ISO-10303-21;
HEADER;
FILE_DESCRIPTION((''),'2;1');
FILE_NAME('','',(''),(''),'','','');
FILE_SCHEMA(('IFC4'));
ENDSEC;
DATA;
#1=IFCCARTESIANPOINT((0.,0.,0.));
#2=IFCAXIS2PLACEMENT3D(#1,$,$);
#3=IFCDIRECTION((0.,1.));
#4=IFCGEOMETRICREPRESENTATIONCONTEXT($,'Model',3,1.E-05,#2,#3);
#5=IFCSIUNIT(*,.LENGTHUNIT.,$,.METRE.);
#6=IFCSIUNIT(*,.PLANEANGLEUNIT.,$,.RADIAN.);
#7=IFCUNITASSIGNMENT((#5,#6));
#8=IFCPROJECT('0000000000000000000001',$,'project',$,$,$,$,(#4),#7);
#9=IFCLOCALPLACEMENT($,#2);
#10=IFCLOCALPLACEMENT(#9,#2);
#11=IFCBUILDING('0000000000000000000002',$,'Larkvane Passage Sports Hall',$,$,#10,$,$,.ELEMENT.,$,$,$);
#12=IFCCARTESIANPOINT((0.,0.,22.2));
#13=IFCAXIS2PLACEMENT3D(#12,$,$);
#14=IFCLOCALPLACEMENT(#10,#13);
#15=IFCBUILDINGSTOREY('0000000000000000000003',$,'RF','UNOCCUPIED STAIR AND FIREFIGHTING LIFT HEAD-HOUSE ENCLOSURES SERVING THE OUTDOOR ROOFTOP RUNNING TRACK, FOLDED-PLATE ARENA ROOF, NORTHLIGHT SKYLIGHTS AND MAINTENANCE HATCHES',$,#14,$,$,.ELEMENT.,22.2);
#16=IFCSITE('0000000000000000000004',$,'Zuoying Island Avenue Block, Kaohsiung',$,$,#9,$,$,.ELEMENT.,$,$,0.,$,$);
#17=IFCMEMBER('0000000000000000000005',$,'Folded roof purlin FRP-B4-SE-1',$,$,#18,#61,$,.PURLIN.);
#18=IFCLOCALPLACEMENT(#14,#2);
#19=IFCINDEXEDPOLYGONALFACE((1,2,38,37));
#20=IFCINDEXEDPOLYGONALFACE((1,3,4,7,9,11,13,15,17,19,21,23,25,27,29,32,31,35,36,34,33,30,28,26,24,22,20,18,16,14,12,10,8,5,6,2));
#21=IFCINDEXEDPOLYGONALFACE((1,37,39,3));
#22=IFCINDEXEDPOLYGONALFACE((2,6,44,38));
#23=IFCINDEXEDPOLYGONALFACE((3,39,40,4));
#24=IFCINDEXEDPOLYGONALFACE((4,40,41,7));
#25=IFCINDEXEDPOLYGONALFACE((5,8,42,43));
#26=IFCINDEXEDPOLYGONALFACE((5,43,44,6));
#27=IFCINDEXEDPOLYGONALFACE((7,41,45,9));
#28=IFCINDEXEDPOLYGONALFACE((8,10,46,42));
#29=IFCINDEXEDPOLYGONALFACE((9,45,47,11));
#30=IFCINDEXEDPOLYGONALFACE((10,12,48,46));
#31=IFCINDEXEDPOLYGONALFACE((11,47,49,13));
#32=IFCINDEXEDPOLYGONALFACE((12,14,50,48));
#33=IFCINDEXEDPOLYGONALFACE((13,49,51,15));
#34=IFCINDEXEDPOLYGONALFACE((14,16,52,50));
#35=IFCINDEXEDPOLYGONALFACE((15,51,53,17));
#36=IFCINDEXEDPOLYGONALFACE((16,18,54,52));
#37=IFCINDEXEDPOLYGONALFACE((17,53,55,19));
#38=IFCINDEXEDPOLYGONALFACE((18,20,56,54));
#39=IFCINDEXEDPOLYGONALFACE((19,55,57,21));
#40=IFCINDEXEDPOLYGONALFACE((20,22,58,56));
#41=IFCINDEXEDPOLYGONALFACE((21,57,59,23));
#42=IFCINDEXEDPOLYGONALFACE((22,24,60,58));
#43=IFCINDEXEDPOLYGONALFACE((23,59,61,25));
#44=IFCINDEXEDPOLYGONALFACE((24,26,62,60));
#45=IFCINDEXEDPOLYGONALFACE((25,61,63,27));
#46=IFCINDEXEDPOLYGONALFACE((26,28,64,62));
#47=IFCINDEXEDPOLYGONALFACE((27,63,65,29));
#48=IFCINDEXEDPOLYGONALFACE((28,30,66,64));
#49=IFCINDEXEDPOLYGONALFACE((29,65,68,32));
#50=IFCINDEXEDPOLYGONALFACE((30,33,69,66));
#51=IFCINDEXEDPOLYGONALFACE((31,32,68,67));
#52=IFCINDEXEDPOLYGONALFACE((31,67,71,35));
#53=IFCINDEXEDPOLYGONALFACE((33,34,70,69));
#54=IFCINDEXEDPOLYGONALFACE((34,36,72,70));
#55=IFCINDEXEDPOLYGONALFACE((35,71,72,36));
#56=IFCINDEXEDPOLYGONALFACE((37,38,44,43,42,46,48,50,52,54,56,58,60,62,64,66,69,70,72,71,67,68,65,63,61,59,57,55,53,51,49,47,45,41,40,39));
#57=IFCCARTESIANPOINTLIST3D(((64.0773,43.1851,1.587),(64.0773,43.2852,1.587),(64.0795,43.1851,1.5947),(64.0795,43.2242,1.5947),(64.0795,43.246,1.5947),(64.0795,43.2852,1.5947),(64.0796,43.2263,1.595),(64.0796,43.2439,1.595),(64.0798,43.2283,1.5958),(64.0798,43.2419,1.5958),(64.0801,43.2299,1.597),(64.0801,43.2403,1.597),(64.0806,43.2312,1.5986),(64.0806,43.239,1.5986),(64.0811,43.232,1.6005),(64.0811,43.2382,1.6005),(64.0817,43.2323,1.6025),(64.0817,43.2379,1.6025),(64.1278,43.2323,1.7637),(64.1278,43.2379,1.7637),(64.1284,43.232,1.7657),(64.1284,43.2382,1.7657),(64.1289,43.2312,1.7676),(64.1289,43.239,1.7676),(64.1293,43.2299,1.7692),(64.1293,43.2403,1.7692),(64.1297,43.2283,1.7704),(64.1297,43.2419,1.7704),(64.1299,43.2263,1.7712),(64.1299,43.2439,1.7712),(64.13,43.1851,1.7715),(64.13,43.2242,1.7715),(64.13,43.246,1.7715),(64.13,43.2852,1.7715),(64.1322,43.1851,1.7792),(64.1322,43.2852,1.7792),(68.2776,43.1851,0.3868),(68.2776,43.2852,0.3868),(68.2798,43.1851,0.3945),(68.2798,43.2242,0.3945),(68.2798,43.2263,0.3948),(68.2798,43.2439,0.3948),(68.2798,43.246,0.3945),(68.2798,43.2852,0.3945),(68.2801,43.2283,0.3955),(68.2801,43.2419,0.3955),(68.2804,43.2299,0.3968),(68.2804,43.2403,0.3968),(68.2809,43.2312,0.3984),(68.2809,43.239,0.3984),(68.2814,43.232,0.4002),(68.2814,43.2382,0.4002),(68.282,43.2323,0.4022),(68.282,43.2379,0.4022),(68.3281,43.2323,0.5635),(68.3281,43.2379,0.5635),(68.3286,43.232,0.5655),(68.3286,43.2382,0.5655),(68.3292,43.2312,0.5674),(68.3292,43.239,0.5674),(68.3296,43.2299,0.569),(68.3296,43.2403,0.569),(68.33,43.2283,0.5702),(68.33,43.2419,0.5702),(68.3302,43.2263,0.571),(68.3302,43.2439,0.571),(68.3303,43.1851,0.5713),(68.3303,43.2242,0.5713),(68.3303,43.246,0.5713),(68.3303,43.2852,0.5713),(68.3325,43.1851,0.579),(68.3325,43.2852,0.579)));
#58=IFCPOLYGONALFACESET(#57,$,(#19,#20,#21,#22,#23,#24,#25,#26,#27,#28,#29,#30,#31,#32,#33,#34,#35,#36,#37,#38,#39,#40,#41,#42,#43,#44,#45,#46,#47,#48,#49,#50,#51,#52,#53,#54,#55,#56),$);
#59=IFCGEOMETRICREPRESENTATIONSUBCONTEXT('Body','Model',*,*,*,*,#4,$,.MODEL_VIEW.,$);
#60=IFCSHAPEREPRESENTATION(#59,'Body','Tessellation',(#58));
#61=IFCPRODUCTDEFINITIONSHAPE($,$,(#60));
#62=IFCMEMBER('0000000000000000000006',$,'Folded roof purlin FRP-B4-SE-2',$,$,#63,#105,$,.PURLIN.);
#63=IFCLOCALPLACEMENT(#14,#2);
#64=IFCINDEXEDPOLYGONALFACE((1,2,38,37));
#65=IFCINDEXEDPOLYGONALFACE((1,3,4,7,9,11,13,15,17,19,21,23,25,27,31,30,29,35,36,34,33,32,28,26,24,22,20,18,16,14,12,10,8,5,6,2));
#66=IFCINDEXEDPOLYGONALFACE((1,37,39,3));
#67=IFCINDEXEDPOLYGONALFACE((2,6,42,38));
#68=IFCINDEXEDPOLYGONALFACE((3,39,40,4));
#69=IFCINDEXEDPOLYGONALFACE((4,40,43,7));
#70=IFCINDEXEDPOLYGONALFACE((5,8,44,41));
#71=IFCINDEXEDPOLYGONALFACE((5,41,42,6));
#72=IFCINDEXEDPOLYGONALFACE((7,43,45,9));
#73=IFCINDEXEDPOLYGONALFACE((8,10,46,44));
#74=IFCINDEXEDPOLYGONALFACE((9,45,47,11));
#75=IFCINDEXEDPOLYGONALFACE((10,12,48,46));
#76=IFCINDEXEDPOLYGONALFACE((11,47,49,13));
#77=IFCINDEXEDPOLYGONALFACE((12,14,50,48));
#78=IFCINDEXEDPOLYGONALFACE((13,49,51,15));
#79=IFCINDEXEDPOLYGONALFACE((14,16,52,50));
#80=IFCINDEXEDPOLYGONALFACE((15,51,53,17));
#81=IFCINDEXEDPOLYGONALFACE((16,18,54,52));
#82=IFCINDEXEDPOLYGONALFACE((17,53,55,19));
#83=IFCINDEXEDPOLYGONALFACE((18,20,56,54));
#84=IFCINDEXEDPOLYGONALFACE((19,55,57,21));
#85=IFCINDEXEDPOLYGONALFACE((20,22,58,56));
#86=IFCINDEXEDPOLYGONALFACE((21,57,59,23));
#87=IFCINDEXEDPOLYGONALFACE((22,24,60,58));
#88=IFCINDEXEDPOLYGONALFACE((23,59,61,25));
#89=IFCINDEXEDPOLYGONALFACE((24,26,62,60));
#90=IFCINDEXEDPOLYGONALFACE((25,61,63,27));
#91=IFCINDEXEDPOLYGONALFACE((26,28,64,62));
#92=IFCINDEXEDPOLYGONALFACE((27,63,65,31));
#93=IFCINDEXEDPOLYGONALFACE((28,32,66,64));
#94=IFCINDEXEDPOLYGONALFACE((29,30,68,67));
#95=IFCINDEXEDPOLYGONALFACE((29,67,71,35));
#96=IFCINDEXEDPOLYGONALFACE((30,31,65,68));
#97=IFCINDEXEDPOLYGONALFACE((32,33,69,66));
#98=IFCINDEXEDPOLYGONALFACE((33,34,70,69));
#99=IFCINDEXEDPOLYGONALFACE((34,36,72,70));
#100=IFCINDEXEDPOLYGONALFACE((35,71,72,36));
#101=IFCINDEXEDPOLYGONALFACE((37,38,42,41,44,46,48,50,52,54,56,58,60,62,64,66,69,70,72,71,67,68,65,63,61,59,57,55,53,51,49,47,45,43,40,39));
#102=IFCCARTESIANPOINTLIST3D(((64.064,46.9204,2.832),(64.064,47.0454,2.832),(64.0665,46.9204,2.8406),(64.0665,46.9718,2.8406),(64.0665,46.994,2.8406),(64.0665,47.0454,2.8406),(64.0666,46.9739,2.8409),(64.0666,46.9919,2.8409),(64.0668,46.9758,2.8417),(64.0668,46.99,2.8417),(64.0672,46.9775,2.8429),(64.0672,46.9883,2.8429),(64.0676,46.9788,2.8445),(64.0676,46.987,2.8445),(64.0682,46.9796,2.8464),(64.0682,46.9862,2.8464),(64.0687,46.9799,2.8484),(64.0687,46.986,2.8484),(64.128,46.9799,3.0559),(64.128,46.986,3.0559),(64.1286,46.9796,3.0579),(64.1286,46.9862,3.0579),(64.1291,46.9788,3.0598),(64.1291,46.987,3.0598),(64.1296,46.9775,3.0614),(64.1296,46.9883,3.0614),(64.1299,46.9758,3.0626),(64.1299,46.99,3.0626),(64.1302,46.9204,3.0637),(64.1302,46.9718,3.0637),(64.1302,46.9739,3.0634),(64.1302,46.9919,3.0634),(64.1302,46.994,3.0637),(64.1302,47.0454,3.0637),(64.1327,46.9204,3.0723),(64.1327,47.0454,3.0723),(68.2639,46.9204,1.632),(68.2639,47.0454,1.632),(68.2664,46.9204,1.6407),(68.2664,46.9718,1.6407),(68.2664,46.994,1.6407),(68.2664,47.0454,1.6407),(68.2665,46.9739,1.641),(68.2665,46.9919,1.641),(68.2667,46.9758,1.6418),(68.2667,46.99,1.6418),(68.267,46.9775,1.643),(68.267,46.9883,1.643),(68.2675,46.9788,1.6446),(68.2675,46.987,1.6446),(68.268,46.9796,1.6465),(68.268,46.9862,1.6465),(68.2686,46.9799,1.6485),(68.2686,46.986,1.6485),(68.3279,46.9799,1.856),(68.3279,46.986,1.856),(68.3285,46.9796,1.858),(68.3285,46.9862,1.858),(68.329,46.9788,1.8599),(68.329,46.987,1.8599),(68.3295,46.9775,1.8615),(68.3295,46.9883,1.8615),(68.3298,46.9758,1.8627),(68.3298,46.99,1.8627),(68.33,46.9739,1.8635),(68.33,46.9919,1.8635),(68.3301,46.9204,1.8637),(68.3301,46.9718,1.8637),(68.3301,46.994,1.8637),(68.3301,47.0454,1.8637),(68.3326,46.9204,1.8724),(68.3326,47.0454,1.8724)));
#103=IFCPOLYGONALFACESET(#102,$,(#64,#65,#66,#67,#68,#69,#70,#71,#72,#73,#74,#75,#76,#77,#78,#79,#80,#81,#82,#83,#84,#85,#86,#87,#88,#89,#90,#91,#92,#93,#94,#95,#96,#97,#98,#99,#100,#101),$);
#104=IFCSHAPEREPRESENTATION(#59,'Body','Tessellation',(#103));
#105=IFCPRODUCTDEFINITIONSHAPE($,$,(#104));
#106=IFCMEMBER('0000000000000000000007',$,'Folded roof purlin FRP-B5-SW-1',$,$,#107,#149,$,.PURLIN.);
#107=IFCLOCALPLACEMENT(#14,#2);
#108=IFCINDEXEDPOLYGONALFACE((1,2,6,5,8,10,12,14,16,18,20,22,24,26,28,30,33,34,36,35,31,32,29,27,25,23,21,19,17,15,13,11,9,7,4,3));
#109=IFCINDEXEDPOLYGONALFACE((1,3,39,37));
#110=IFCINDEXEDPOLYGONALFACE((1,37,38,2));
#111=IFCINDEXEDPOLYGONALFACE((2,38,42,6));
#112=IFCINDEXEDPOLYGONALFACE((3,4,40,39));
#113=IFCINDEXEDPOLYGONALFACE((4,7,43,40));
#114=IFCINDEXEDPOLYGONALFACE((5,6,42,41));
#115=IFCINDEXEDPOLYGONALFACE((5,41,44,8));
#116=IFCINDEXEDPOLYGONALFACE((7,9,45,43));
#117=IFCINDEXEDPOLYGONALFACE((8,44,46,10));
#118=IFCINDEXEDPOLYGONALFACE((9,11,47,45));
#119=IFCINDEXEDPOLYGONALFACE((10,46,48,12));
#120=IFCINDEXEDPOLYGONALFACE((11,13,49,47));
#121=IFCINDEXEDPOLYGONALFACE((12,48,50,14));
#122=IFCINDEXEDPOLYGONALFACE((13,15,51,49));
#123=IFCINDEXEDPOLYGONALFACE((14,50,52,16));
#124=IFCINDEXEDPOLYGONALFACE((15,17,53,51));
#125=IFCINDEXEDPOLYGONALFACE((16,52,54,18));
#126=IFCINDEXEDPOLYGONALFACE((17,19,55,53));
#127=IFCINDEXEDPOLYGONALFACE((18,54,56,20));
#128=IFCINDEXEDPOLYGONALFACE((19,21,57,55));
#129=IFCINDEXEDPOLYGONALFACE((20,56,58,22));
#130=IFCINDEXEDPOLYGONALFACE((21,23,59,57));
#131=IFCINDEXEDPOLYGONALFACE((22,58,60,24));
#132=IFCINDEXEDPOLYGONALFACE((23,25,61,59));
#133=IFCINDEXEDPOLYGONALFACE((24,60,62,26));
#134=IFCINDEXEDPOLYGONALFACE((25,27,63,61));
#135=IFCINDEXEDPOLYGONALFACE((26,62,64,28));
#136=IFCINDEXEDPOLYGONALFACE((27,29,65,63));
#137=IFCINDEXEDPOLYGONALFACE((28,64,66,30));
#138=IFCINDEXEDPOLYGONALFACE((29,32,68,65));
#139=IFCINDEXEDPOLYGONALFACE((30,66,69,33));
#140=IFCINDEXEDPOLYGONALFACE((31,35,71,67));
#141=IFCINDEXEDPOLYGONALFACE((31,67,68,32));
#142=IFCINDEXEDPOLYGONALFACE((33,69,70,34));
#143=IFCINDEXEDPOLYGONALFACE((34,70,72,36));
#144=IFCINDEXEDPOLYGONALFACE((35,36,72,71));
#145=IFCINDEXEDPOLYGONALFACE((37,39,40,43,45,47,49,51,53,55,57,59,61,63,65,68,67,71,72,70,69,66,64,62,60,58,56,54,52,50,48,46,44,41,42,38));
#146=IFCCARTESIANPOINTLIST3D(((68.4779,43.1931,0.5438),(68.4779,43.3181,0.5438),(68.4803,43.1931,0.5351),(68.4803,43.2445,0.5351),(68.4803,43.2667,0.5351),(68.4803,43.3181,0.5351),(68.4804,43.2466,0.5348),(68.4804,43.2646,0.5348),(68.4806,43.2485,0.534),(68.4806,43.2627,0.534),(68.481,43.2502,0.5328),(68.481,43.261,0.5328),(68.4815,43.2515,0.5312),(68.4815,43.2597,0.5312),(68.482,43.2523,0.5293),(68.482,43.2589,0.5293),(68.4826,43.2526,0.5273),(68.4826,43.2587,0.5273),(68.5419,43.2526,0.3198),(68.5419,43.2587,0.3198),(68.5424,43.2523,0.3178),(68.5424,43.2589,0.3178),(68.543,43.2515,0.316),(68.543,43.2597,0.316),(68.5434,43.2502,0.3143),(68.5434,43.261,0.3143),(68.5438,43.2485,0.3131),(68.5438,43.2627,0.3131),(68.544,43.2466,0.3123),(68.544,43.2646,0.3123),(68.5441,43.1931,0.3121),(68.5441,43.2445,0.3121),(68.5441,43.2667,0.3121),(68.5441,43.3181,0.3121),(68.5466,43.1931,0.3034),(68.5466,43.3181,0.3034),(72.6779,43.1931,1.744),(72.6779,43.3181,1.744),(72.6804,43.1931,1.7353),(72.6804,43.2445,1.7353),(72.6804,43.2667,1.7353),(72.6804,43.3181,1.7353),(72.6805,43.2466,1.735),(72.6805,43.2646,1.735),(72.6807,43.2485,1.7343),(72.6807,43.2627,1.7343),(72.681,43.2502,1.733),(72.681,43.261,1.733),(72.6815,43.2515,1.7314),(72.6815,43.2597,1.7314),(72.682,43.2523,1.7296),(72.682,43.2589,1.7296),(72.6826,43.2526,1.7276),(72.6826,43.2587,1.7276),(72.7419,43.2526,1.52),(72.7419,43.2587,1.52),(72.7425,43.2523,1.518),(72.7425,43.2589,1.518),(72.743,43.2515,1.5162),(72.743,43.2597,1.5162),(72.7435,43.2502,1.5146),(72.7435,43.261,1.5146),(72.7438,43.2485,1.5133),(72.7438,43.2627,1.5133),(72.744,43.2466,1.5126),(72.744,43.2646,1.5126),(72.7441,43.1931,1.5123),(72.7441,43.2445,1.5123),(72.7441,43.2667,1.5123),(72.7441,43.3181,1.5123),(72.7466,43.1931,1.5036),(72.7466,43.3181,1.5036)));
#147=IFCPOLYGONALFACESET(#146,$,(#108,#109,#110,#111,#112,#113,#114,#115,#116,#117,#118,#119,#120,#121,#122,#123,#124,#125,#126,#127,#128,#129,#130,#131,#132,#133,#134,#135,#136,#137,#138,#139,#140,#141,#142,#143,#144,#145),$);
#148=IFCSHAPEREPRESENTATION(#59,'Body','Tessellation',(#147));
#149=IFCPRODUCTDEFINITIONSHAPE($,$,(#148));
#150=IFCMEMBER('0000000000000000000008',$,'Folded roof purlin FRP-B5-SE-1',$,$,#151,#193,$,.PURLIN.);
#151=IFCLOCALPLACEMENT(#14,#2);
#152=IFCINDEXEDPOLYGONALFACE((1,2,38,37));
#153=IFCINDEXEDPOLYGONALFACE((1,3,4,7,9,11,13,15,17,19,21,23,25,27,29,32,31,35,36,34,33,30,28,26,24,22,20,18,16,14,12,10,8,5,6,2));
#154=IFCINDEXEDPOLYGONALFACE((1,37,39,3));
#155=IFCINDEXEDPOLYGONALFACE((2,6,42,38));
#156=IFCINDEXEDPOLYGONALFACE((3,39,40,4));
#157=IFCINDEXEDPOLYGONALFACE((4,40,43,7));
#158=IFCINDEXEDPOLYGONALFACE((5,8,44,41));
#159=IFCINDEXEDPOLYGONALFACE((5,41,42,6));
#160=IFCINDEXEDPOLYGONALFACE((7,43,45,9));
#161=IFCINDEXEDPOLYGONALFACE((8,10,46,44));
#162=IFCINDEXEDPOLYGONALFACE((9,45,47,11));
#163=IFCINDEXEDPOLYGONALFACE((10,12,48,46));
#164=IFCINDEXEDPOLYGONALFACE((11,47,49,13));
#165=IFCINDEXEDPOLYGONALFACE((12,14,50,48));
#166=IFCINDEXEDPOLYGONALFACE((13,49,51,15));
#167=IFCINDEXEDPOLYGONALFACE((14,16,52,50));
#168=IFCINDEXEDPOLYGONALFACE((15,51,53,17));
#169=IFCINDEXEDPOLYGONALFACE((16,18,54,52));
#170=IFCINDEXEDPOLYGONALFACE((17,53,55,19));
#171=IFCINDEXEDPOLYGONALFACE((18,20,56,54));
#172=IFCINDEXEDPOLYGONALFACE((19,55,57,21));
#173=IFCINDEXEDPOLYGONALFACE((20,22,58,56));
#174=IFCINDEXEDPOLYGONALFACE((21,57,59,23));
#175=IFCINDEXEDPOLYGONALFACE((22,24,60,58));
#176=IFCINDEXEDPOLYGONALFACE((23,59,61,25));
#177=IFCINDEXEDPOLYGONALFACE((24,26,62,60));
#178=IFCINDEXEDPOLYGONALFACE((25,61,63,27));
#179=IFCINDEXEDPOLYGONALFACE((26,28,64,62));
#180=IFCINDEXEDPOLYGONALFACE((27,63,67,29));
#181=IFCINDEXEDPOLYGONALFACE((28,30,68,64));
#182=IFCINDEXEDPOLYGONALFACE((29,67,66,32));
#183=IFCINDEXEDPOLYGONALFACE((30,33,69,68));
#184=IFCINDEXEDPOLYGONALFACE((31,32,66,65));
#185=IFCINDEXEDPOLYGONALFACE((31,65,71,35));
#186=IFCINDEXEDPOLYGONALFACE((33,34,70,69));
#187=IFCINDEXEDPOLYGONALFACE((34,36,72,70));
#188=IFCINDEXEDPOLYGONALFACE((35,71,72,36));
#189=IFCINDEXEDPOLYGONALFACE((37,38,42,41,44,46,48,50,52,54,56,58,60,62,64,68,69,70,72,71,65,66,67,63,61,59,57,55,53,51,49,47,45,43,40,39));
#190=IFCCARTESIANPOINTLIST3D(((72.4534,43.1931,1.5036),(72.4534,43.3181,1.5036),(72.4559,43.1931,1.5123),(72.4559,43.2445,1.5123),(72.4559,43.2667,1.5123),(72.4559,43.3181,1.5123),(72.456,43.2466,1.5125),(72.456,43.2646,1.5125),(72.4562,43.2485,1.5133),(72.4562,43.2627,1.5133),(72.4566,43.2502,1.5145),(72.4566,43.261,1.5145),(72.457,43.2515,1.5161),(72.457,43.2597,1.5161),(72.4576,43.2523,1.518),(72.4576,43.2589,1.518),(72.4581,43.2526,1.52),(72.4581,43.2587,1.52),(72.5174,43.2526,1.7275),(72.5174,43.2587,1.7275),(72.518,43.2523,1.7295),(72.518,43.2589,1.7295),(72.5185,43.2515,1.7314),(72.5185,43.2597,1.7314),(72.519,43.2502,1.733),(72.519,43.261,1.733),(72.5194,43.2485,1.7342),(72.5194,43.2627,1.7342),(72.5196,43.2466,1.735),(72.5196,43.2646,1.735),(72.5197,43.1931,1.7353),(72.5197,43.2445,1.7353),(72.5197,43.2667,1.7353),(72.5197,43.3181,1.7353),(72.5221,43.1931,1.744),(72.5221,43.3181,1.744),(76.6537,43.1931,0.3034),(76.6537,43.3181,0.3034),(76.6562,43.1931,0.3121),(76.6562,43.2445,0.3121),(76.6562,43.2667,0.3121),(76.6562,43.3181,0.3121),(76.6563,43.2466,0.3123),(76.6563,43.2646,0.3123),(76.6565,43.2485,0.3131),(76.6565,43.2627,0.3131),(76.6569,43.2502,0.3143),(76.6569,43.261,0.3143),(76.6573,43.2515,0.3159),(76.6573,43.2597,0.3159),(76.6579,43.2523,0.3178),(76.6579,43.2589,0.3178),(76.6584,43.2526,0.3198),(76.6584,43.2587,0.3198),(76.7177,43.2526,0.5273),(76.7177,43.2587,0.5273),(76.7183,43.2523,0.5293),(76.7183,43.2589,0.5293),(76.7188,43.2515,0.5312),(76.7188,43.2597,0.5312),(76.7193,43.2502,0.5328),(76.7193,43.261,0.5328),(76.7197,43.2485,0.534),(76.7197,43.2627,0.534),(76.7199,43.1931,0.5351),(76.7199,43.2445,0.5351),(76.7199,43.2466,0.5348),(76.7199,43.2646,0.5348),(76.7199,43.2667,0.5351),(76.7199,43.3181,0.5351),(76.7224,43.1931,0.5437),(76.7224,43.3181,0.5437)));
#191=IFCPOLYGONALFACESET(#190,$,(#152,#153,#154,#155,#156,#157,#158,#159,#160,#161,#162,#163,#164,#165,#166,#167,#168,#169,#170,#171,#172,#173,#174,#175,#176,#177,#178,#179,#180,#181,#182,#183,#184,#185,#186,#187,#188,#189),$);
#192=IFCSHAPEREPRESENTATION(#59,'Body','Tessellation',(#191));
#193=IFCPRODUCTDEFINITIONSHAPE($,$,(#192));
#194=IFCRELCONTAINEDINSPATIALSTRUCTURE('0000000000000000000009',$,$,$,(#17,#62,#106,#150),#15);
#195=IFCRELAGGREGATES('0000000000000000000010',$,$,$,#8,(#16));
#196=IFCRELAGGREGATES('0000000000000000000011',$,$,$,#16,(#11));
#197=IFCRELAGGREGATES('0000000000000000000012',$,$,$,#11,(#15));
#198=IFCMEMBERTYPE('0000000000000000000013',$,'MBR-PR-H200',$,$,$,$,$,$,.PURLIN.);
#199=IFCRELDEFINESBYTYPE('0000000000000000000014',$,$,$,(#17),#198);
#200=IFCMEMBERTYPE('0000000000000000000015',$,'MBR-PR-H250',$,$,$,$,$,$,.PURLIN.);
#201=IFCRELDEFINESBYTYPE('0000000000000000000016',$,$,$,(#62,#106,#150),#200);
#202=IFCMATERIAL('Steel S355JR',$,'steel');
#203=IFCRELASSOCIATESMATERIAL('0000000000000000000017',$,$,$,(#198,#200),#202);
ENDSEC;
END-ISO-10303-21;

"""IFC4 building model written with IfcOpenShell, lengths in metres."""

from ifc_helpers import new_model, si_unit, direction, frame, origin, origin_2d, place, context, subcontext, project, spatial, i_section, extrude, material, material_profile, profile_set, type_object, element, save


model = new_model("IFC4")

# Units and contexts
model_context = context("Model", 3, precision=1e-05, world=origin(), true_north=direction((0.0, 1.0)))
body_context = subcontext(model_context, "Body", "Model", "MODEL_VIEW")
ifc_project = project(units=[si_unit("LENGTHUNIT", "METRE"), si_unit("PLANEANGLEUNIT", "RADIAN")], contexts=[model_context])

# Site, building, storey
site_placement = place(None, origin())
site = spatial("IfcSite", under=ifc_project, at=site_placement, Name="Zuoying Island Avenue Block, Kaohsiung", CompositionType="ELEMENT", RefElevation=0.0)
building_placement = place(site_placement, origin())
building = spatial("IfcBuilding", under=site, at=building_placement, Name="Larkvane Passage Sports Hall", CompositionType="ELEMENT")
storey_placement = place(building_placement, frame((0.0, 0.0, 22.2)))
storey = spatial("IfcBuildingStorey", under=building, at=storey_placement, Name="RF", Description="UNOCCUPIED STAIR AND FIREFIGHTING LIFT HEAD-HOUSE ENCLOSURES SERVING THE OUTDOOR ROOFTOP RUNNING TRACK, FOLDED-PLATE ARENA ROOF, NORTHLIGHT SKYLIGHTS AND MAINTENANCE HATCHES", CompositionType="ELEMENT", Elevation=22.2)

# Members
ifc_material_1 = material(Name="Steel S355JR", Category="steel")
ifc_material_profile_1 = material_profile(ifc_material_1, i_section(OverallWidth=0.1001, OverallDepth=0.2, WebThickness=0.0056, FlangeThickness=0.0081, FilletRadius=0.0081, at=origin_2d()), Name="H-200x100x5.5x8")
ifc_profile_set_1 = profile_set([ifc_material_profile_1], Name="Steel S355JR")
member_type_1 = type_object("IfcMemberType", Name="MBR-PR-H200", PredefinedType="PURLIN", material=ifc_profile_set_1)
member_1_placement = place(storey_placement, frame((64.1047, 43.2351, 1.6831), z_axis=(0.961516, 0.0, -0.274751), x_axis=(0.0, 1.0, 0.0)))
element("IfcMember", 1, at=member_1_placement, inside=storey, type_object=member_type_1, Name="Folded roof purlin FRP-B4-SE-1", PredefinedType="PURLIN", context=body_context, shape_type="SweptSolid", body=[
    extrude(i_section(OverallWidth=0.1001, OverallDepth=0.2, WebThickness=0.0056, FlangeThickness=0.0081, FilletRadius=0.0081, at=origin_2d()), origin(), (0.0, 0.0, 1.0), 4.3684),
])
ifc_material_profile_2 = material_profile(ifc_material_1, i_section(OverallWidth=0.125, OverallDepth=0.25, WebThickness=0.0061, FlangeThickness=0.009, FilletRadius=0.0081, at=origin_2d()), Name="H-250x125x6x9")
ifc_profile_set_2 = profile_set([ifc_material_profile_2], Name="Steel S355JR")
member_type_2 = type_object("IfcMemberType", Name="MBR-PR-H250", PredefinedType="PURLIN", material=ifc_profile_set_2)
member_2_placement = place(storey_placement, frame((64.0984, 46.9829, 2.9521), z_axis=(0.961526, 0.0, -0.274714), x_axis=(0.0, 1.0, 0.0)))
element("IfcMember", 2, at=member_2_placement, inside=storey, type_object=member_type_2, Name="Folded roof purlin FRP-B4-SE-2", PredefinedType="PURLIN", context=body_context, shape_type="SweptSolid", body=[
    extrude(i_section(OverallWidth=0.125, OverallDepth=0.25, WebThickness=0.0061, FlangeThickness=0.009, FilletRadius=0.0081, at=origin_2d()), origin(), (0.0, 0.0, 1.0), 4.3679),
])
member_3_placement = place(storey_placement, frame((68.5122, 43.2556, 0.4236), z_axis=(0.961511, 0.0, 0.274765), x_axis=(0.0, 1.0, 0.0)))
element("IfcMember", 3, at=member_3_placement, inside=storey, type_object=member_type_2, Name="Folded roof purlin FRP-B5-SW-1", PredefinedType="PURLIN", context=body_context, shape_type="SweptSolid", body=[
    extrude(i_section(OverallWidth=0.125, OverallDepth=0.25, WebThickness=0.0061, FlangeThickness=0.009, FilletRadius=0.0081, at=origin_2d()), origin(), (0.0, 0.0, 1.0), 4.3682),
])
member_4_placement = place(storey_placement, frame((72.4878, 43.2556, 1.6238), z_axis=(0.961516, 0.0, -0.274751), x_axis=(0.0, 1.0, 0.0)))
element("IfcMember", 4, at=member_4_placement, inside=storey, type_object=member_type_2, Name="Folded roof purlin FRP-B5-SE-1", PredefinedType="PURLIN", context=body_context, shape_type="SweptSolid", body=[
    extrude(i_section(OverallWidth=0.125, OverallDepth=0.25, WebThickness=0.0061, FlangeThickness=0.009, FilletRadius=0.0081, at=origin_2d()), origin(), (0.0, 0.0, 1.0), 4.3684),
])

save(model, "model.ifc")
